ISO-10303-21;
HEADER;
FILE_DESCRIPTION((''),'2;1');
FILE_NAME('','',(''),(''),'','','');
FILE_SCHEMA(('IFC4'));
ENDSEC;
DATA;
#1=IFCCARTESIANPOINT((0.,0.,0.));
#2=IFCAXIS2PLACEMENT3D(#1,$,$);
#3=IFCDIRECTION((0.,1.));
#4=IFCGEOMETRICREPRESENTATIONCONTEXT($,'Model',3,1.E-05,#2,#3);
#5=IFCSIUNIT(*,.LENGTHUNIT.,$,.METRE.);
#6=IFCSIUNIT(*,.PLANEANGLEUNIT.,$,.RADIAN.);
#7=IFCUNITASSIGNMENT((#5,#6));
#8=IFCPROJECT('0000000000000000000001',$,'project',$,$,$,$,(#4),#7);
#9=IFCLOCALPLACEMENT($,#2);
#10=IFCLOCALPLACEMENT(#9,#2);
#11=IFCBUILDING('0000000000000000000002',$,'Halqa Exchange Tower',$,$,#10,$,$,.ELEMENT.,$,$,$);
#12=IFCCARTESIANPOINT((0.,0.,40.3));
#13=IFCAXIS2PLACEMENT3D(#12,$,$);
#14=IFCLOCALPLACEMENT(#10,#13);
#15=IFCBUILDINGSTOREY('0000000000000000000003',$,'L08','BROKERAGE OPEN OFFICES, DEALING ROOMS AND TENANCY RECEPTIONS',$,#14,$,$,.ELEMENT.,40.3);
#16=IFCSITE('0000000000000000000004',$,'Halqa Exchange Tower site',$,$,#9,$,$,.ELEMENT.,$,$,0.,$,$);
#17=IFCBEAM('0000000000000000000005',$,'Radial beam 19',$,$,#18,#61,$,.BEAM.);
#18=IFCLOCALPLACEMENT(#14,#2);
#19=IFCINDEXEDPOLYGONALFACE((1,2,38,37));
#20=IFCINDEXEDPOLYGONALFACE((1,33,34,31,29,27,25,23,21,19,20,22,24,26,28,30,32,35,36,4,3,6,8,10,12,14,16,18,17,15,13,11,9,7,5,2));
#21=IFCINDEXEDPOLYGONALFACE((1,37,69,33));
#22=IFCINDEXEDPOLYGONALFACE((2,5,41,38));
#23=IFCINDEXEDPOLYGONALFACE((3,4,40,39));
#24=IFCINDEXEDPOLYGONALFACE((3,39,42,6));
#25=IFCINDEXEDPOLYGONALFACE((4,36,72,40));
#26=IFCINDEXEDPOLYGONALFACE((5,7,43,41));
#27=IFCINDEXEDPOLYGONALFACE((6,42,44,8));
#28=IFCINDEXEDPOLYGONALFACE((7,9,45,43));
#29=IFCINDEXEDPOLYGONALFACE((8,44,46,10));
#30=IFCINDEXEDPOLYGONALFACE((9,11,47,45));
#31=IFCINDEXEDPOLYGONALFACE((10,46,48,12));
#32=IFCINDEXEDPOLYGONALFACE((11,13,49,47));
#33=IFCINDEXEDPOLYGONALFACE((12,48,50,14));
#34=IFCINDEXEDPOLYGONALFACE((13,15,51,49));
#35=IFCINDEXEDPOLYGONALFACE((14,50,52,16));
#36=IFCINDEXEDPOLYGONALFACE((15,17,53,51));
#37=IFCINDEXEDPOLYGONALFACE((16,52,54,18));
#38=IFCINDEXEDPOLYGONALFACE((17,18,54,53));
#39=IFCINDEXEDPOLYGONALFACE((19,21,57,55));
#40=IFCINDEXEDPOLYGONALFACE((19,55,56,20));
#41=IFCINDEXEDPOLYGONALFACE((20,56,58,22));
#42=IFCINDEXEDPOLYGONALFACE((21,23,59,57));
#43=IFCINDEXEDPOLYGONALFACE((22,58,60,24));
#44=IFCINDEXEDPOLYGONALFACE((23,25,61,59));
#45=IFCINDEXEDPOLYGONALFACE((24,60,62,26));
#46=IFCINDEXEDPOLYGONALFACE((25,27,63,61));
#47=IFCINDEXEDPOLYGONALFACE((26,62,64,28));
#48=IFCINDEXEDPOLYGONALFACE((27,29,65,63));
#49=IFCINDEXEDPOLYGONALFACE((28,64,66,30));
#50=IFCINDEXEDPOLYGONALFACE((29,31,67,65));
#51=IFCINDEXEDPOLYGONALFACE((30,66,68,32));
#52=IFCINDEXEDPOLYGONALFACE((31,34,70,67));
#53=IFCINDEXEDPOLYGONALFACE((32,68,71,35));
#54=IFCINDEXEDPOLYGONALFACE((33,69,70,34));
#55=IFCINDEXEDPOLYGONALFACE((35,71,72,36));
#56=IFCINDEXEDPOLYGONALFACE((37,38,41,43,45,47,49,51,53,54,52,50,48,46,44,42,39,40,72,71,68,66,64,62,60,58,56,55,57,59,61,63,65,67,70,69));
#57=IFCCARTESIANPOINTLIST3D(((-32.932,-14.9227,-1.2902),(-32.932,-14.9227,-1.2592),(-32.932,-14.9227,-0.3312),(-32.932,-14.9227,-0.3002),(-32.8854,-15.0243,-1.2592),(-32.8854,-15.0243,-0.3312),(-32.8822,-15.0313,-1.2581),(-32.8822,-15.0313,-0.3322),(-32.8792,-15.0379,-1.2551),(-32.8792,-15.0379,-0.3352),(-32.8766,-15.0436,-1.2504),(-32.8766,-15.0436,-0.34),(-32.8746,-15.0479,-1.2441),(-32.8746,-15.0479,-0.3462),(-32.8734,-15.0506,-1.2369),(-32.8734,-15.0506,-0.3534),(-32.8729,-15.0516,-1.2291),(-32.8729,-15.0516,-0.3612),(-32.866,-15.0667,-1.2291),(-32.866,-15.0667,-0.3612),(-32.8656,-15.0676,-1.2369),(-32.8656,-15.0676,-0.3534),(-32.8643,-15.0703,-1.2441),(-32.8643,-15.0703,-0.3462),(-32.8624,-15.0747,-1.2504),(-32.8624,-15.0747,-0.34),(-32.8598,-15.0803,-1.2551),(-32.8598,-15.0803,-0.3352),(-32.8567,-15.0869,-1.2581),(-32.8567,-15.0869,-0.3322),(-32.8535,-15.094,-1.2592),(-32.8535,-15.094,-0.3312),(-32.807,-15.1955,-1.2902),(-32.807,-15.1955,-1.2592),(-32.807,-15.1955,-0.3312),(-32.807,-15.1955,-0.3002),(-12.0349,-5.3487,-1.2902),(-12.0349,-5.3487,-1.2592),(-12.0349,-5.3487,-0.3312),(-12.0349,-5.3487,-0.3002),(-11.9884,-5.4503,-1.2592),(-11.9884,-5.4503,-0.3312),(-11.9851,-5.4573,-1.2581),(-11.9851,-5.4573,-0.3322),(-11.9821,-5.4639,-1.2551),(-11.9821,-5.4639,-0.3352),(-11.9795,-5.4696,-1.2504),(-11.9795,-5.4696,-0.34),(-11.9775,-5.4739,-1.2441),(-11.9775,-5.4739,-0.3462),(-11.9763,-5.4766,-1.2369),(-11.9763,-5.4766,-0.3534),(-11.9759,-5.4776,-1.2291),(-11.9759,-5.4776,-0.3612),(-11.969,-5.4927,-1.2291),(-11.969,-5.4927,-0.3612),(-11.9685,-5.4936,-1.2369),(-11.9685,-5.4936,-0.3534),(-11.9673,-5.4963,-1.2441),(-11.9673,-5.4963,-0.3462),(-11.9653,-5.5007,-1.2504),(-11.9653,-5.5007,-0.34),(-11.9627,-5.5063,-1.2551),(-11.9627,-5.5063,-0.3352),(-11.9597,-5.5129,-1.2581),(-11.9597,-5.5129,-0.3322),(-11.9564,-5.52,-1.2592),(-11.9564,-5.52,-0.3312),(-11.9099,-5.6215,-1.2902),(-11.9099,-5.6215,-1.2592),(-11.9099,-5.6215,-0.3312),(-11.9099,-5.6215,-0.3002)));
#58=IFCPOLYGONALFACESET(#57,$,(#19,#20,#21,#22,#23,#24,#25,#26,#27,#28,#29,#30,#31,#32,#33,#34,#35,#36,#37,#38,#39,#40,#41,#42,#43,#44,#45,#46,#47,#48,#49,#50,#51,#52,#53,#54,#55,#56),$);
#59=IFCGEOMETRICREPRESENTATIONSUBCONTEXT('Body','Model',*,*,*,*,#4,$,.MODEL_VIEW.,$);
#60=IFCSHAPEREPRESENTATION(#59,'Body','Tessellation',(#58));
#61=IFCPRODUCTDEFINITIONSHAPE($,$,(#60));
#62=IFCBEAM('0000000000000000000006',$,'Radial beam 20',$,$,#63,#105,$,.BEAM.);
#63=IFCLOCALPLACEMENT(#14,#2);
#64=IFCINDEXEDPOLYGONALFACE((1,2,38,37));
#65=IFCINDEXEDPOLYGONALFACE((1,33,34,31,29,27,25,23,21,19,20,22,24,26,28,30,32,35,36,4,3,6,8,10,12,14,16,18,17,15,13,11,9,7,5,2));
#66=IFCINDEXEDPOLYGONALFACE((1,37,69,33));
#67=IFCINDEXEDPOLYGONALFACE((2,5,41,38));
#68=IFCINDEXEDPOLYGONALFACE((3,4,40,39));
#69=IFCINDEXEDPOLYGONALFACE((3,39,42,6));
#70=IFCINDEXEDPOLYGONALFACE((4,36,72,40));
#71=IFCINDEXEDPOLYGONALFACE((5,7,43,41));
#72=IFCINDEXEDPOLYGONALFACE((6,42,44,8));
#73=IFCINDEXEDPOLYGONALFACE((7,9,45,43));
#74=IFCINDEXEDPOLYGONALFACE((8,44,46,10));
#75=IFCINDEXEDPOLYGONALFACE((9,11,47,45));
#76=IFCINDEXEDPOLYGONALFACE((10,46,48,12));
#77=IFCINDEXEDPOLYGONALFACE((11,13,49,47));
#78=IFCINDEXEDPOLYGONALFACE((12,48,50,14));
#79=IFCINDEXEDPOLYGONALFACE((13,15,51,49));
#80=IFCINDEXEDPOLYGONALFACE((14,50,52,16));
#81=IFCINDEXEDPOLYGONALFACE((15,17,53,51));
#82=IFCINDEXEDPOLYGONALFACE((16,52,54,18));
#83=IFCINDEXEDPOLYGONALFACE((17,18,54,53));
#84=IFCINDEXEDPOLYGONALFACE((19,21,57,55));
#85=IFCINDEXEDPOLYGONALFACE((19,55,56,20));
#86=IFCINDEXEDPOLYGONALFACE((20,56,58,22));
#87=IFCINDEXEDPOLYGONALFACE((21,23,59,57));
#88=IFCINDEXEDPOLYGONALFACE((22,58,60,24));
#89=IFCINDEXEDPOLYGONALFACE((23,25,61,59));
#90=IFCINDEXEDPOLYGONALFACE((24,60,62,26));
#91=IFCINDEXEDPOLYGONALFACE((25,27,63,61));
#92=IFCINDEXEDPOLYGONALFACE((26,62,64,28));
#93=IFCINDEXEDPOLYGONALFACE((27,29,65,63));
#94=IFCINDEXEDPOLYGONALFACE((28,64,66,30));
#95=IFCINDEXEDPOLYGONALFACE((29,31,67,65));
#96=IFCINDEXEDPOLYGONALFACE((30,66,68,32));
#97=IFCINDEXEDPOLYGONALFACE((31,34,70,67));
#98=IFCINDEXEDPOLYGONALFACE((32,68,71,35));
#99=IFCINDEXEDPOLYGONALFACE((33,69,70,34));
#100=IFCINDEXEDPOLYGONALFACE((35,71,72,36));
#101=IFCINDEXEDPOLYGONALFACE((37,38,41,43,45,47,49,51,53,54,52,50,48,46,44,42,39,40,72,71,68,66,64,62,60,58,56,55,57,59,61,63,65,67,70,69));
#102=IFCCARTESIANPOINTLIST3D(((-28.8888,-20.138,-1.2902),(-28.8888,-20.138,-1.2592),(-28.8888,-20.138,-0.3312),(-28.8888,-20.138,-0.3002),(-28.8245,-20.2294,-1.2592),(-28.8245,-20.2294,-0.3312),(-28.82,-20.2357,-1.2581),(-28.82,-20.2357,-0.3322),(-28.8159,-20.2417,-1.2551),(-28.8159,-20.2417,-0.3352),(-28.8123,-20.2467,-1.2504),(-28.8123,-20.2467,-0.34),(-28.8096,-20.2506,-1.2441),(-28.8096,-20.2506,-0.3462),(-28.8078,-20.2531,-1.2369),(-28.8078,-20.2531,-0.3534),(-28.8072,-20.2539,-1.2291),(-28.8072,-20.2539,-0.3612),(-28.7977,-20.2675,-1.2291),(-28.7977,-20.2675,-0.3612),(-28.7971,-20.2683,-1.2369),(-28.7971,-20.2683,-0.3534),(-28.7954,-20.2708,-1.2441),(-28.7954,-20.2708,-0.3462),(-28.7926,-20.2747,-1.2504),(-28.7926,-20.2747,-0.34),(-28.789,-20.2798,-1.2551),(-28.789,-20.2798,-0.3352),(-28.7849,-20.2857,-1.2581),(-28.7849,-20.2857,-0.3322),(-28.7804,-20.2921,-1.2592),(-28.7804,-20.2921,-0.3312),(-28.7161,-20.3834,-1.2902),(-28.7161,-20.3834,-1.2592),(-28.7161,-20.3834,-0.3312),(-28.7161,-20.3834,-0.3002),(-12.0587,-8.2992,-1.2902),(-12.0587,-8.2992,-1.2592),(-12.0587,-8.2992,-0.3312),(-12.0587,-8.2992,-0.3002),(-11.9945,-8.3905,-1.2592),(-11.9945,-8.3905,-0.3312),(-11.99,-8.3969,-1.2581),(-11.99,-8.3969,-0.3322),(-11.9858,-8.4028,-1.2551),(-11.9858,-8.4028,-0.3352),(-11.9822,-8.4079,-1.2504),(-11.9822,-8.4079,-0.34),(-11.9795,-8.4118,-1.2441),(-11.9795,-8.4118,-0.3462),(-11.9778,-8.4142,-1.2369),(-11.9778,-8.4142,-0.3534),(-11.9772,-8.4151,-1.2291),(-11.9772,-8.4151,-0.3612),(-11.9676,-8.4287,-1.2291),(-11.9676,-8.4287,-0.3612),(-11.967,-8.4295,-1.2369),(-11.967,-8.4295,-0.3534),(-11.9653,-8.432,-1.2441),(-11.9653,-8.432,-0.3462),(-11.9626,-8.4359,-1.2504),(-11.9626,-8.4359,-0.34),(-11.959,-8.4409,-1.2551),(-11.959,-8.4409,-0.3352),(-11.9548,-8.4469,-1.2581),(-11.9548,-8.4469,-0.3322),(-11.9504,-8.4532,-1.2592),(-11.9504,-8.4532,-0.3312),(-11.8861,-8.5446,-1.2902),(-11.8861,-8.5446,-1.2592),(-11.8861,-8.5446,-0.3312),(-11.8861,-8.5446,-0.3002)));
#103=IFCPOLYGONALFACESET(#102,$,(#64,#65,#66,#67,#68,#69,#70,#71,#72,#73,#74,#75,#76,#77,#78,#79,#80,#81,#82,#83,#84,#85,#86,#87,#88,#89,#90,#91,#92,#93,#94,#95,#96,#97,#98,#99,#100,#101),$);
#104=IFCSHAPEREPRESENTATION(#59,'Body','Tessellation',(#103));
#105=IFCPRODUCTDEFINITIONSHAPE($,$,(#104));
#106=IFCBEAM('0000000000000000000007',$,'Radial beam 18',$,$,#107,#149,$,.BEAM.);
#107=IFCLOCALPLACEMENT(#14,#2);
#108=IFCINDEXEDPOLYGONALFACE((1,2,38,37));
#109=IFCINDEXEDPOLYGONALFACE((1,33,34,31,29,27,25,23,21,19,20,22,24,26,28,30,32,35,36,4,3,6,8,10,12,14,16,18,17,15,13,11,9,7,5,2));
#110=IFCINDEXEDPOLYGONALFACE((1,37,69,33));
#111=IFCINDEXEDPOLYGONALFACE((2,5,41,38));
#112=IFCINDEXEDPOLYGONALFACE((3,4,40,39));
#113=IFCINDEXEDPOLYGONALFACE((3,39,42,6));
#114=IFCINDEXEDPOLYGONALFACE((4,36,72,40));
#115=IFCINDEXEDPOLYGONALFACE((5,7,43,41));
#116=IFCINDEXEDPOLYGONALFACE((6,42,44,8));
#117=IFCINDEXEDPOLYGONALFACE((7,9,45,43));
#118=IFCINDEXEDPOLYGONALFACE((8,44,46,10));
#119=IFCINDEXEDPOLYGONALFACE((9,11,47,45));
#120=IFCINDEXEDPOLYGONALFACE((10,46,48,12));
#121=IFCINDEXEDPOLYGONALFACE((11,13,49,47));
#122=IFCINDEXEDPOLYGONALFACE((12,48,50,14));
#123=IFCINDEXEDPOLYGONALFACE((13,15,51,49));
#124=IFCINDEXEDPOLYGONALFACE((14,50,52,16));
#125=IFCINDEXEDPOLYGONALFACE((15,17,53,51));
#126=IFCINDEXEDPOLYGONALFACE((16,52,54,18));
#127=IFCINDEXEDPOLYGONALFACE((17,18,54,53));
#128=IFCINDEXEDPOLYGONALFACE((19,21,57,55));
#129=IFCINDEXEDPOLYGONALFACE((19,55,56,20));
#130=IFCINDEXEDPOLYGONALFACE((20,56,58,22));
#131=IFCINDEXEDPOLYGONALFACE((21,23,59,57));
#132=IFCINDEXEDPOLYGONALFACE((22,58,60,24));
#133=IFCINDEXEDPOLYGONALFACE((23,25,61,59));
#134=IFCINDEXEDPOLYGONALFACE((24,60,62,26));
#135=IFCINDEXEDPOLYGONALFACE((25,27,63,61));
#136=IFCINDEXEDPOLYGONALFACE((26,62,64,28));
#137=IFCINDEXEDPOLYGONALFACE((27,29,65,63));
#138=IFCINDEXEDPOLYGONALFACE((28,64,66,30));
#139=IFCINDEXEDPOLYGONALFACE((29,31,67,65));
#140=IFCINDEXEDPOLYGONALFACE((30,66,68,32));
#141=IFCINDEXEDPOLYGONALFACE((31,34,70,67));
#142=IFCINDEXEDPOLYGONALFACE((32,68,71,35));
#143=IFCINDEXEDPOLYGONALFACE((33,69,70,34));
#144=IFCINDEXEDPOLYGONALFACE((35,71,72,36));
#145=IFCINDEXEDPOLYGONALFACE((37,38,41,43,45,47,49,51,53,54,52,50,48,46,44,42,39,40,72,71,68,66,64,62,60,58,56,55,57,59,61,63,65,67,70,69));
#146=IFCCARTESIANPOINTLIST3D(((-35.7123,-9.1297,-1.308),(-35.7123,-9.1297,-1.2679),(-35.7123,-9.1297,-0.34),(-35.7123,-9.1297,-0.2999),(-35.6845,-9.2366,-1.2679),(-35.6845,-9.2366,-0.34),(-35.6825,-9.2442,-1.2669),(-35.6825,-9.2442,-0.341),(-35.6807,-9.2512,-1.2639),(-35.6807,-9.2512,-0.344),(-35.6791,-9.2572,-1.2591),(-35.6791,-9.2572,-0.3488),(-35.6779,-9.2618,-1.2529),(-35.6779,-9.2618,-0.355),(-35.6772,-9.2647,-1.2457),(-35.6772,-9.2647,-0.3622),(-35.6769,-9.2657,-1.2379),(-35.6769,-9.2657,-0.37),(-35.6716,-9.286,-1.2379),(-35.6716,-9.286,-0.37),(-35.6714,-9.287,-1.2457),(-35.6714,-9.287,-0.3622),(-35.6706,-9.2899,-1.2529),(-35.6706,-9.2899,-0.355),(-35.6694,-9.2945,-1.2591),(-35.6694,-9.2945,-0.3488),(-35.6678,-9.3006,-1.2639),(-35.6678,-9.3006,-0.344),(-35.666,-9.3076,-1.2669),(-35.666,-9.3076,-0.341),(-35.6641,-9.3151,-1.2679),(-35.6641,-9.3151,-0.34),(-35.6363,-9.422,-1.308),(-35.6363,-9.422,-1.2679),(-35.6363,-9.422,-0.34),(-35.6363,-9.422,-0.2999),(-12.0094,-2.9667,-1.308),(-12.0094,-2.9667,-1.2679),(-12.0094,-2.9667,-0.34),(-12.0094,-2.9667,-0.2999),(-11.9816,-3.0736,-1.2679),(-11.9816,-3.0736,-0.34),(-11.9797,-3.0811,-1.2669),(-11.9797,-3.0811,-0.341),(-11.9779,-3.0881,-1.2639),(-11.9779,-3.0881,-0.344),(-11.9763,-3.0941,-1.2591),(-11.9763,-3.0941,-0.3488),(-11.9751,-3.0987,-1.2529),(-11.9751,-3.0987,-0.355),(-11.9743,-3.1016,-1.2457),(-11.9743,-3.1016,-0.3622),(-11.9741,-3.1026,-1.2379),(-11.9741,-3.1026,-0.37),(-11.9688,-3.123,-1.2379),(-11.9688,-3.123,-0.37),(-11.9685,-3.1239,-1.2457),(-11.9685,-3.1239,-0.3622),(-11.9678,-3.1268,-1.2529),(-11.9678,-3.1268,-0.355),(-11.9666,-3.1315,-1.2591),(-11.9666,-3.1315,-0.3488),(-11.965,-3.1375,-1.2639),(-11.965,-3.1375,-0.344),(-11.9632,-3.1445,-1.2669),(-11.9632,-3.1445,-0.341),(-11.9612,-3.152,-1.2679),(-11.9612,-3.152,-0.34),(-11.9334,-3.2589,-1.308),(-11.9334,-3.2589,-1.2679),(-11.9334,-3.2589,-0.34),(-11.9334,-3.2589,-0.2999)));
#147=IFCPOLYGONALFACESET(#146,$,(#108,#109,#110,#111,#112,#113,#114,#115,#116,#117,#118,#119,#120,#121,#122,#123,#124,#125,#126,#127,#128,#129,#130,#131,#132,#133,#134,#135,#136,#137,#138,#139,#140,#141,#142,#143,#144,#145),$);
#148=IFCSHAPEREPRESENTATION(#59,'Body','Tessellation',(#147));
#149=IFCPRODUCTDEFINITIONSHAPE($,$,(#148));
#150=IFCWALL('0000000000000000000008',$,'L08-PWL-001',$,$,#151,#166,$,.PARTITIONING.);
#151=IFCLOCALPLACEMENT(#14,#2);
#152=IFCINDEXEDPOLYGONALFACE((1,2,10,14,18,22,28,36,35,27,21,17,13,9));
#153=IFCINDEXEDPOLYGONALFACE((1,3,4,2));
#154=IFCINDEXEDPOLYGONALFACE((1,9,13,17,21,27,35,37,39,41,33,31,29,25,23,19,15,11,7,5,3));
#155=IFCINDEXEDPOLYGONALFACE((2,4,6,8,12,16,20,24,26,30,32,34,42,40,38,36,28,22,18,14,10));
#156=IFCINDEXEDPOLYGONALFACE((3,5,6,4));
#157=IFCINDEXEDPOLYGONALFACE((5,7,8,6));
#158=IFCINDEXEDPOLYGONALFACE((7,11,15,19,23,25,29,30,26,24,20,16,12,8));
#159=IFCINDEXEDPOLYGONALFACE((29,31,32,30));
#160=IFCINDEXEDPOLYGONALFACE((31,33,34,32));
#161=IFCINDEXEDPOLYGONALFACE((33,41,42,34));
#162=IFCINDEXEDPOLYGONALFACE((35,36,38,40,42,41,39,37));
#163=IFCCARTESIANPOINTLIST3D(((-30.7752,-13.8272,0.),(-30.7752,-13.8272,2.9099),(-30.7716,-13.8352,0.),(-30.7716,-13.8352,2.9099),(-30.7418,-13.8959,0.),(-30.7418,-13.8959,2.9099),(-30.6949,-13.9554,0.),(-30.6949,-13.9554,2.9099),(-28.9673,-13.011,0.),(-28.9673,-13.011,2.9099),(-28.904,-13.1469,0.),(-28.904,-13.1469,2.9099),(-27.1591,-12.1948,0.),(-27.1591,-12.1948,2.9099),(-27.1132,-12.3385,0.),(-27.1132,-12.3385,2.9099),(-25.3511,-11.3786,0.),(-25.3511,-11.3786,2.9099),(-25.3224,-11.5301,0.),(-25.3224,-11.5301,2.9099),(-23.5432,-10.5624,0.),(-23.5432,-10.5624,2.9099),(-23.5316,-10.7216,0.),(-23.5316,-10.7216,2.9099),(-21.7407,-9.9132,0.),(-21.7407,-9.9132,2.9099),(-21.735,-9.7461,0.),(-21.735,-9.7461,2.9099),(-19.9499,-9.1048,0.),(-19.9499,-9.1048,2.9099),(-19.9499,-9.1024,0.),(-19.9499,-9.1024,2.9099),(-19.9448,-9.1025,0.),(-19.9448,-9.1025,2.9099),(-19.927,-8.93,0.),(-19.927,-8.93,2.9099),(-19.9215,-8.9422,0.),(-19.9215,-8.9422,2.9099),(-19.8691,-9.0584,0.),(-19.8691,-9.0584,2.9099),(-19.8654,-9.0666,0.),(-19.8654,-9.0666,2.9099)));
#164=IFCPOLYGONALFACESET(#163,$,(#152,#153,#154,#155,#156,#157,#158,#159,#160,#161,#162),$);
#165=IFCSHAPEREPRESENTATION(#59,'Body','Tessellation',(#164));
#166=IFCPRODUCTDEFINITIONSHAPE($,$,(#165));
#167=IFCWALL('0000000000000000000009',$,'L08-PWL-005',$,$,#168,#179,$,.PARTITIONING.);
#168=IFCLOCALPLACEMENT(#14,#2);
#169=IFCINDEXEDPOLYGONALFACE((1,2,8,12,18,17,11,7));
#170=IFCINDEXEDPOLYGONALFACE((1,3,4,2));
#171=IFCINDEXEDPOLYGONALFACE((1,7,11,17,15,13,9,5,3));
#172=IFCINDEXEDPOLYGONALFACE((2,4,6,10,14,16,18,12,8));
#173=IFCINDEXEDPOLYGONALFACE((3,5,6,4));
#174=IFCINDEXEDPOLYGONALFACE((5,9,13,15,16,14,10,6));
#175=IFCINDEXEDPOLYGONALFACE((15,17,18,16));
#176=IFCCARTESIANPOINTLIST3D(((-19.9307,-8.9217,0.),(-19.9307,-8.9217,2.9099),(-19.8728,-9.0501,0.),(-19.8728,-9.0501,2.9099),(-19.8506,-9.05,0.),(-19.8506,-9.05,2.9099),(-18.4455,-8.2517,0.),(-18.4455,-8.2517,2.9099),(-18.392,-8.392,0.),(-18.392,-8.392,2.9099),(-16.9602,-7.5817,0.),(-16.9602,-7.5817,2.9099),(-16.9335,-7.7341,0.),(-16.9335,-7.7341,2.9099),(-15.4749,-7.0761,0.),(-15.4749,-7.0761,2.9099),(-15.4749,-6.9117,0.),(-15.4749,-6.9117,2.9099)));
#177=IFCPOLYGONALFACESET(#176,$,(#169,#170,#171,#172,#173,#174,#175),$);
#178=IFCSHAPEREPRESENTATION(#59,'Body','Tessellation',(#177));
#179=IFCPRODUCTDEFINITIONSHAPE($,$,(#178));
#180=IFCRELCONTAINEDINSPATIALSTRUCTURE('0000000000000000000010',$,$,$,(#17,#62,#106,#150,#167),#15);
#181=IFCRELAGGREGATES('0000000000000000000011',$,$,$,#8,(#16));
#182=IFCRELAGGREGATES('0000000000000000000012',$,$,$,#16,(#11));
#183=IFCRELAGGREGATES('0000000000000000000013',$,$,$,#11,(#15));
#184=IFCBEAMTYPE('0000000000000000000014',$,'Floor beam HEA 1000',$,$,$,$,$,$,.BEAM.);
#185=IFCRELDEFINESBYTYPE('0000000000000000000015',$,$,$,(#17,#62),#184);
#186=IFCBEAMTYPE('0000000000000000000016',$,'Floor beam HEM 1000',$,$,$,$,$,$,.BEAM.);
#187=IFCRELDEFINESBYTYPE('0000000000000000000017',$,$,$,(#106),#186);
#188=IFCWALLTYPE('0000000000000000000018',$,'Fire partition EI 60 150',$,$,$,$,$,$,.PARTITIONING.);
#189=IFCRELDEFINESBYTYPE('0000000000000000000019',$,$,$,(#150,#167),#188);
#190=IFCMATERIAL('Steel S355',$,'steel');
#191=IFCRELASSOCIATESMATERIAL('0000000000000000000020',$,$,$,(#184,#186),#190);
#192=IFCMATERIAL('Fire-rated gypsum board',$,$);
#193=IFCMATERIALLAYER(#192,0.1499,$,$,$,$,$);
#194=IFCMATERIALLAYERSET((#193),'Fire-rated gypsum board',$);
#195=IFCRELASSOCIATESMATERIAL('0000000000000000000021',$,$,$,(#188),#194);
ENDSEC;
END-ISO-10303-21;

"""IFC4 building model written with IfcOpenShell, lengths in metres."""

from ifc_helpers import new_model, si_unit, direction, frame, origin, origin_2d, place, context, subcontext, project, spatial, polyline, i_section, outline, extrude, material, layer, layer_set, material_profile, profile_set, type_object, element, save


model = new_model("IFC4")

# Units and contexts
model_context = context("Model", 3, precision=1e-05, world=origin(), true_north=direction((0.0, 1.0)))
body_context = subcontext(model_context, "Body", "Model", "MODEL_VIEW")
ifc_project = project(units=[si_unit("LENGTHUNIT", "METRE"), si_unit("PLANEANGLEUNIT", "RADIAN")], contexts=[model_context])

# Site, building, storey
site_placement = place(None, origin())
site = spatial("IfcSite", under=ifc_project, at=site_placement, Name="Halqa Exchange Tower site", CompositionType="ELEMENT", RefElevation=0.0)
building_placement = place(site_placement, origin())
building = spatial("IfcBuilding", under=site, at=building_placement, Name="Halqa Exchange Tower", CompositionType="ELEMENT")
storey_placement = place(building_placement, frame((0.0, 0.0, 40.3)))
storey = spatial("IfcBuildingStorey", under=building, at=storey_placement, Name="L08", Description="BROKERAGE OPEN OFFICES, DEALING ROOMS AND TENANCY RECEPTIONS", CompositionType="ELEMENT", Elevation=40.3)

# Beams
ifc_material_1 = material(Name="Steel S355", Category="steel")
ifc_material_profile_1 = material_profile(ifc_material_1, i_section(OverallWidth=0.3, OverallDepth=0.99, WebThickness=0.0166, FlangeThickness=0.031, FilletRadius=0.03, at=origin_2d()), Name="HEA 1000")
ifc_profile_set_1 = profile_set([ifc_material_profile_1], Name="Steel S355")
beam_type_1 = type_object("IfcBeamType", Name="Floor beam HEA 1000", PredefinedType="BEAM", material=ifc_profile_set_1)
beam_1_placement = place(storey_placement, frame((-11.9724, -5.4851, -0.7952), z_axis=(-0.909128, -0.416518, 0.0), x_axis=(0.416518, -0.909128, 0.0)))
element("IfcBeam", 1, at=beam_1_placement, inside=storey, type_object=beam_type_1, Name="Radial beam 19", PredefinedType="BEAM", context=body_context, shape_type="SweptSolid", body=[
    extrude(i_section(OverallWidth=0.3, OverallDepth=0.99, WebThickness=0.0166, FlangeThickness=0.031, FilletRadius=0.03, at=origin_2d()), origin(), (0.0, 0.0, 1.0), 22.9858),
])
beam_2_placement = place(storey_placement, frame((-11.9724, -8.4219, -0.7952), z_axis=(-0.81791, -0.575346, 0.0), x_axis=(0.575346, -0.81791, 0.0)))
element("IfcBeam", 2, at=beam_2_placement, inside=storey, type_object=beam_type_1, Name="Radial beam 20", PredefinedType="BEAM", context=body_context, shape_type="SweptSolid", body=[
    extrude(i_section(OverallWidth=0.3, OverallDepth=0.99, WebThickness=0.0166, FlangeThickness=0.031, FilletRadius=0.03, at=origin_2d()), origin(), (0.0, 0.0, 1.0), 20.5769),
])
ifc_material_profile_2 = material_profile(ifc_material_1, i_section(OverallWidth=0.302, OverallDepth=1.0081, WebThickness=0.021, FlangeThickness=0.04, FilletRadius=0.03, at=origin_2d()), Name="HEM 1000")
ifc_profile_set_2 = profile_set([ifc_material_profile_2], Name="Steel S355")
beam_type_2 = type_object("IfcBeamType", Name="Floor beam HEM 1000", PredefinedType="BEAM", material=ifc_profile_set_2)
beam_3_placement = place(storey_placement, frame((-11.9714, -3.1128, -0.804), z_axis=(-0.967819, -0.251647, 0.0), x_axis=(0.251647, -0.967819, 0.0)))
element("IfcBeam", 3, at=beam_3_placement, inside=storey, type_object=beam_type_2, Name="Radial beam 18", PredefinedType="BEAM", context=body_context, shape_type="SweptSolid", body=[
    extrude(i_section(OverallWidth=0.302, OverallDepth=1.0081, WebThickness=0.021, FlangeThickness=0.04, FilletRadius=0.03, at=origin_2d()), origin(), (0.0, 0.0, 1.0), 24.491),
])

# Walls
ifc_material_2 = material(Name="Fire-rated gypsum board")
ifc_layer_1 = layer(ifc_material_2, 0.1499)
ifc_layer_set_1 = layer_set([ifc_layer_1], Name="Fire-rated gypsum board")
wall_type_1 = type_object("IfcWallType", Name="Fire partition EI 60 150", PredefinedType="PARTITIONING", material=ifc_layer_set_1)
wall_1_placement = place(storey_placement, frame((-30.7444, -13.8955, 0.0), z_axis=(0.0, 0.0, 1.0), x_axis=(0.911432, 0.411451, 0.0)))
element("IfcWall", 4, at=wall_1_placement, inside=storey, type_object=wall_type_1, Name="L08-PWL-001", PredefinedType="PARTITIONING", context=body_context, shape_type="SweptSolid", body=[
    extrude(outline(polyline([(0.0205, -0.075), (1.9854, -0.075), (3.9502, -0.075), (5.915, -0.075), (7.8799, -0.075), (9.8447, -0.075), (11.8096, -0.075), (11.8105, -0.0728), (11.8152, -0.075), (11.9023, -0.075), (11.9023, -0.0659), (11.9023, -0.0659), (11.9023, 0.0615), (11.9023, 0.075), (9.9187, 0.075), (7.9348, 0.075), (5.9512, 0.075), (3.9675, 0.075), (1.9836, 0.075), (0.0, 0.075), (0.0, 0.0662), (0.0022, -0.0015), (0.0205, -0.075)])), origin(), (0.0, 0.0, 1.0), 2.9099),
])
wall_2_placement = place(storey_placement, frame((-19.8999, -8.99, 0.0), z_axis=(0.0, 0.0, 1.0), x_axis=(0.911546, 0.411197, 0.0)))
element("IfcWall", 5, at=wall_2_placement, inside=storey, type_object=wall_type_1, Name="L08-PWL-005", PredefinedType="PARTITIONING", context=body_context, shape_type="SweptSolid", body=[
    extrude(outline(polyline([(0.0203, -0.075), (1.6204, -0.075), (3.2205, -0.075), (4.8206, -0.075), (4.8882, 0.075), (3.2588, 0.075), (1.6294, 0.075), (0.0, 0.075), (0.0, -0.0659), (0.0203, -0.075)])), origin(), (0.0, 0.0, 1.0), 2.9099),
])

save(model, "model.ifc")
